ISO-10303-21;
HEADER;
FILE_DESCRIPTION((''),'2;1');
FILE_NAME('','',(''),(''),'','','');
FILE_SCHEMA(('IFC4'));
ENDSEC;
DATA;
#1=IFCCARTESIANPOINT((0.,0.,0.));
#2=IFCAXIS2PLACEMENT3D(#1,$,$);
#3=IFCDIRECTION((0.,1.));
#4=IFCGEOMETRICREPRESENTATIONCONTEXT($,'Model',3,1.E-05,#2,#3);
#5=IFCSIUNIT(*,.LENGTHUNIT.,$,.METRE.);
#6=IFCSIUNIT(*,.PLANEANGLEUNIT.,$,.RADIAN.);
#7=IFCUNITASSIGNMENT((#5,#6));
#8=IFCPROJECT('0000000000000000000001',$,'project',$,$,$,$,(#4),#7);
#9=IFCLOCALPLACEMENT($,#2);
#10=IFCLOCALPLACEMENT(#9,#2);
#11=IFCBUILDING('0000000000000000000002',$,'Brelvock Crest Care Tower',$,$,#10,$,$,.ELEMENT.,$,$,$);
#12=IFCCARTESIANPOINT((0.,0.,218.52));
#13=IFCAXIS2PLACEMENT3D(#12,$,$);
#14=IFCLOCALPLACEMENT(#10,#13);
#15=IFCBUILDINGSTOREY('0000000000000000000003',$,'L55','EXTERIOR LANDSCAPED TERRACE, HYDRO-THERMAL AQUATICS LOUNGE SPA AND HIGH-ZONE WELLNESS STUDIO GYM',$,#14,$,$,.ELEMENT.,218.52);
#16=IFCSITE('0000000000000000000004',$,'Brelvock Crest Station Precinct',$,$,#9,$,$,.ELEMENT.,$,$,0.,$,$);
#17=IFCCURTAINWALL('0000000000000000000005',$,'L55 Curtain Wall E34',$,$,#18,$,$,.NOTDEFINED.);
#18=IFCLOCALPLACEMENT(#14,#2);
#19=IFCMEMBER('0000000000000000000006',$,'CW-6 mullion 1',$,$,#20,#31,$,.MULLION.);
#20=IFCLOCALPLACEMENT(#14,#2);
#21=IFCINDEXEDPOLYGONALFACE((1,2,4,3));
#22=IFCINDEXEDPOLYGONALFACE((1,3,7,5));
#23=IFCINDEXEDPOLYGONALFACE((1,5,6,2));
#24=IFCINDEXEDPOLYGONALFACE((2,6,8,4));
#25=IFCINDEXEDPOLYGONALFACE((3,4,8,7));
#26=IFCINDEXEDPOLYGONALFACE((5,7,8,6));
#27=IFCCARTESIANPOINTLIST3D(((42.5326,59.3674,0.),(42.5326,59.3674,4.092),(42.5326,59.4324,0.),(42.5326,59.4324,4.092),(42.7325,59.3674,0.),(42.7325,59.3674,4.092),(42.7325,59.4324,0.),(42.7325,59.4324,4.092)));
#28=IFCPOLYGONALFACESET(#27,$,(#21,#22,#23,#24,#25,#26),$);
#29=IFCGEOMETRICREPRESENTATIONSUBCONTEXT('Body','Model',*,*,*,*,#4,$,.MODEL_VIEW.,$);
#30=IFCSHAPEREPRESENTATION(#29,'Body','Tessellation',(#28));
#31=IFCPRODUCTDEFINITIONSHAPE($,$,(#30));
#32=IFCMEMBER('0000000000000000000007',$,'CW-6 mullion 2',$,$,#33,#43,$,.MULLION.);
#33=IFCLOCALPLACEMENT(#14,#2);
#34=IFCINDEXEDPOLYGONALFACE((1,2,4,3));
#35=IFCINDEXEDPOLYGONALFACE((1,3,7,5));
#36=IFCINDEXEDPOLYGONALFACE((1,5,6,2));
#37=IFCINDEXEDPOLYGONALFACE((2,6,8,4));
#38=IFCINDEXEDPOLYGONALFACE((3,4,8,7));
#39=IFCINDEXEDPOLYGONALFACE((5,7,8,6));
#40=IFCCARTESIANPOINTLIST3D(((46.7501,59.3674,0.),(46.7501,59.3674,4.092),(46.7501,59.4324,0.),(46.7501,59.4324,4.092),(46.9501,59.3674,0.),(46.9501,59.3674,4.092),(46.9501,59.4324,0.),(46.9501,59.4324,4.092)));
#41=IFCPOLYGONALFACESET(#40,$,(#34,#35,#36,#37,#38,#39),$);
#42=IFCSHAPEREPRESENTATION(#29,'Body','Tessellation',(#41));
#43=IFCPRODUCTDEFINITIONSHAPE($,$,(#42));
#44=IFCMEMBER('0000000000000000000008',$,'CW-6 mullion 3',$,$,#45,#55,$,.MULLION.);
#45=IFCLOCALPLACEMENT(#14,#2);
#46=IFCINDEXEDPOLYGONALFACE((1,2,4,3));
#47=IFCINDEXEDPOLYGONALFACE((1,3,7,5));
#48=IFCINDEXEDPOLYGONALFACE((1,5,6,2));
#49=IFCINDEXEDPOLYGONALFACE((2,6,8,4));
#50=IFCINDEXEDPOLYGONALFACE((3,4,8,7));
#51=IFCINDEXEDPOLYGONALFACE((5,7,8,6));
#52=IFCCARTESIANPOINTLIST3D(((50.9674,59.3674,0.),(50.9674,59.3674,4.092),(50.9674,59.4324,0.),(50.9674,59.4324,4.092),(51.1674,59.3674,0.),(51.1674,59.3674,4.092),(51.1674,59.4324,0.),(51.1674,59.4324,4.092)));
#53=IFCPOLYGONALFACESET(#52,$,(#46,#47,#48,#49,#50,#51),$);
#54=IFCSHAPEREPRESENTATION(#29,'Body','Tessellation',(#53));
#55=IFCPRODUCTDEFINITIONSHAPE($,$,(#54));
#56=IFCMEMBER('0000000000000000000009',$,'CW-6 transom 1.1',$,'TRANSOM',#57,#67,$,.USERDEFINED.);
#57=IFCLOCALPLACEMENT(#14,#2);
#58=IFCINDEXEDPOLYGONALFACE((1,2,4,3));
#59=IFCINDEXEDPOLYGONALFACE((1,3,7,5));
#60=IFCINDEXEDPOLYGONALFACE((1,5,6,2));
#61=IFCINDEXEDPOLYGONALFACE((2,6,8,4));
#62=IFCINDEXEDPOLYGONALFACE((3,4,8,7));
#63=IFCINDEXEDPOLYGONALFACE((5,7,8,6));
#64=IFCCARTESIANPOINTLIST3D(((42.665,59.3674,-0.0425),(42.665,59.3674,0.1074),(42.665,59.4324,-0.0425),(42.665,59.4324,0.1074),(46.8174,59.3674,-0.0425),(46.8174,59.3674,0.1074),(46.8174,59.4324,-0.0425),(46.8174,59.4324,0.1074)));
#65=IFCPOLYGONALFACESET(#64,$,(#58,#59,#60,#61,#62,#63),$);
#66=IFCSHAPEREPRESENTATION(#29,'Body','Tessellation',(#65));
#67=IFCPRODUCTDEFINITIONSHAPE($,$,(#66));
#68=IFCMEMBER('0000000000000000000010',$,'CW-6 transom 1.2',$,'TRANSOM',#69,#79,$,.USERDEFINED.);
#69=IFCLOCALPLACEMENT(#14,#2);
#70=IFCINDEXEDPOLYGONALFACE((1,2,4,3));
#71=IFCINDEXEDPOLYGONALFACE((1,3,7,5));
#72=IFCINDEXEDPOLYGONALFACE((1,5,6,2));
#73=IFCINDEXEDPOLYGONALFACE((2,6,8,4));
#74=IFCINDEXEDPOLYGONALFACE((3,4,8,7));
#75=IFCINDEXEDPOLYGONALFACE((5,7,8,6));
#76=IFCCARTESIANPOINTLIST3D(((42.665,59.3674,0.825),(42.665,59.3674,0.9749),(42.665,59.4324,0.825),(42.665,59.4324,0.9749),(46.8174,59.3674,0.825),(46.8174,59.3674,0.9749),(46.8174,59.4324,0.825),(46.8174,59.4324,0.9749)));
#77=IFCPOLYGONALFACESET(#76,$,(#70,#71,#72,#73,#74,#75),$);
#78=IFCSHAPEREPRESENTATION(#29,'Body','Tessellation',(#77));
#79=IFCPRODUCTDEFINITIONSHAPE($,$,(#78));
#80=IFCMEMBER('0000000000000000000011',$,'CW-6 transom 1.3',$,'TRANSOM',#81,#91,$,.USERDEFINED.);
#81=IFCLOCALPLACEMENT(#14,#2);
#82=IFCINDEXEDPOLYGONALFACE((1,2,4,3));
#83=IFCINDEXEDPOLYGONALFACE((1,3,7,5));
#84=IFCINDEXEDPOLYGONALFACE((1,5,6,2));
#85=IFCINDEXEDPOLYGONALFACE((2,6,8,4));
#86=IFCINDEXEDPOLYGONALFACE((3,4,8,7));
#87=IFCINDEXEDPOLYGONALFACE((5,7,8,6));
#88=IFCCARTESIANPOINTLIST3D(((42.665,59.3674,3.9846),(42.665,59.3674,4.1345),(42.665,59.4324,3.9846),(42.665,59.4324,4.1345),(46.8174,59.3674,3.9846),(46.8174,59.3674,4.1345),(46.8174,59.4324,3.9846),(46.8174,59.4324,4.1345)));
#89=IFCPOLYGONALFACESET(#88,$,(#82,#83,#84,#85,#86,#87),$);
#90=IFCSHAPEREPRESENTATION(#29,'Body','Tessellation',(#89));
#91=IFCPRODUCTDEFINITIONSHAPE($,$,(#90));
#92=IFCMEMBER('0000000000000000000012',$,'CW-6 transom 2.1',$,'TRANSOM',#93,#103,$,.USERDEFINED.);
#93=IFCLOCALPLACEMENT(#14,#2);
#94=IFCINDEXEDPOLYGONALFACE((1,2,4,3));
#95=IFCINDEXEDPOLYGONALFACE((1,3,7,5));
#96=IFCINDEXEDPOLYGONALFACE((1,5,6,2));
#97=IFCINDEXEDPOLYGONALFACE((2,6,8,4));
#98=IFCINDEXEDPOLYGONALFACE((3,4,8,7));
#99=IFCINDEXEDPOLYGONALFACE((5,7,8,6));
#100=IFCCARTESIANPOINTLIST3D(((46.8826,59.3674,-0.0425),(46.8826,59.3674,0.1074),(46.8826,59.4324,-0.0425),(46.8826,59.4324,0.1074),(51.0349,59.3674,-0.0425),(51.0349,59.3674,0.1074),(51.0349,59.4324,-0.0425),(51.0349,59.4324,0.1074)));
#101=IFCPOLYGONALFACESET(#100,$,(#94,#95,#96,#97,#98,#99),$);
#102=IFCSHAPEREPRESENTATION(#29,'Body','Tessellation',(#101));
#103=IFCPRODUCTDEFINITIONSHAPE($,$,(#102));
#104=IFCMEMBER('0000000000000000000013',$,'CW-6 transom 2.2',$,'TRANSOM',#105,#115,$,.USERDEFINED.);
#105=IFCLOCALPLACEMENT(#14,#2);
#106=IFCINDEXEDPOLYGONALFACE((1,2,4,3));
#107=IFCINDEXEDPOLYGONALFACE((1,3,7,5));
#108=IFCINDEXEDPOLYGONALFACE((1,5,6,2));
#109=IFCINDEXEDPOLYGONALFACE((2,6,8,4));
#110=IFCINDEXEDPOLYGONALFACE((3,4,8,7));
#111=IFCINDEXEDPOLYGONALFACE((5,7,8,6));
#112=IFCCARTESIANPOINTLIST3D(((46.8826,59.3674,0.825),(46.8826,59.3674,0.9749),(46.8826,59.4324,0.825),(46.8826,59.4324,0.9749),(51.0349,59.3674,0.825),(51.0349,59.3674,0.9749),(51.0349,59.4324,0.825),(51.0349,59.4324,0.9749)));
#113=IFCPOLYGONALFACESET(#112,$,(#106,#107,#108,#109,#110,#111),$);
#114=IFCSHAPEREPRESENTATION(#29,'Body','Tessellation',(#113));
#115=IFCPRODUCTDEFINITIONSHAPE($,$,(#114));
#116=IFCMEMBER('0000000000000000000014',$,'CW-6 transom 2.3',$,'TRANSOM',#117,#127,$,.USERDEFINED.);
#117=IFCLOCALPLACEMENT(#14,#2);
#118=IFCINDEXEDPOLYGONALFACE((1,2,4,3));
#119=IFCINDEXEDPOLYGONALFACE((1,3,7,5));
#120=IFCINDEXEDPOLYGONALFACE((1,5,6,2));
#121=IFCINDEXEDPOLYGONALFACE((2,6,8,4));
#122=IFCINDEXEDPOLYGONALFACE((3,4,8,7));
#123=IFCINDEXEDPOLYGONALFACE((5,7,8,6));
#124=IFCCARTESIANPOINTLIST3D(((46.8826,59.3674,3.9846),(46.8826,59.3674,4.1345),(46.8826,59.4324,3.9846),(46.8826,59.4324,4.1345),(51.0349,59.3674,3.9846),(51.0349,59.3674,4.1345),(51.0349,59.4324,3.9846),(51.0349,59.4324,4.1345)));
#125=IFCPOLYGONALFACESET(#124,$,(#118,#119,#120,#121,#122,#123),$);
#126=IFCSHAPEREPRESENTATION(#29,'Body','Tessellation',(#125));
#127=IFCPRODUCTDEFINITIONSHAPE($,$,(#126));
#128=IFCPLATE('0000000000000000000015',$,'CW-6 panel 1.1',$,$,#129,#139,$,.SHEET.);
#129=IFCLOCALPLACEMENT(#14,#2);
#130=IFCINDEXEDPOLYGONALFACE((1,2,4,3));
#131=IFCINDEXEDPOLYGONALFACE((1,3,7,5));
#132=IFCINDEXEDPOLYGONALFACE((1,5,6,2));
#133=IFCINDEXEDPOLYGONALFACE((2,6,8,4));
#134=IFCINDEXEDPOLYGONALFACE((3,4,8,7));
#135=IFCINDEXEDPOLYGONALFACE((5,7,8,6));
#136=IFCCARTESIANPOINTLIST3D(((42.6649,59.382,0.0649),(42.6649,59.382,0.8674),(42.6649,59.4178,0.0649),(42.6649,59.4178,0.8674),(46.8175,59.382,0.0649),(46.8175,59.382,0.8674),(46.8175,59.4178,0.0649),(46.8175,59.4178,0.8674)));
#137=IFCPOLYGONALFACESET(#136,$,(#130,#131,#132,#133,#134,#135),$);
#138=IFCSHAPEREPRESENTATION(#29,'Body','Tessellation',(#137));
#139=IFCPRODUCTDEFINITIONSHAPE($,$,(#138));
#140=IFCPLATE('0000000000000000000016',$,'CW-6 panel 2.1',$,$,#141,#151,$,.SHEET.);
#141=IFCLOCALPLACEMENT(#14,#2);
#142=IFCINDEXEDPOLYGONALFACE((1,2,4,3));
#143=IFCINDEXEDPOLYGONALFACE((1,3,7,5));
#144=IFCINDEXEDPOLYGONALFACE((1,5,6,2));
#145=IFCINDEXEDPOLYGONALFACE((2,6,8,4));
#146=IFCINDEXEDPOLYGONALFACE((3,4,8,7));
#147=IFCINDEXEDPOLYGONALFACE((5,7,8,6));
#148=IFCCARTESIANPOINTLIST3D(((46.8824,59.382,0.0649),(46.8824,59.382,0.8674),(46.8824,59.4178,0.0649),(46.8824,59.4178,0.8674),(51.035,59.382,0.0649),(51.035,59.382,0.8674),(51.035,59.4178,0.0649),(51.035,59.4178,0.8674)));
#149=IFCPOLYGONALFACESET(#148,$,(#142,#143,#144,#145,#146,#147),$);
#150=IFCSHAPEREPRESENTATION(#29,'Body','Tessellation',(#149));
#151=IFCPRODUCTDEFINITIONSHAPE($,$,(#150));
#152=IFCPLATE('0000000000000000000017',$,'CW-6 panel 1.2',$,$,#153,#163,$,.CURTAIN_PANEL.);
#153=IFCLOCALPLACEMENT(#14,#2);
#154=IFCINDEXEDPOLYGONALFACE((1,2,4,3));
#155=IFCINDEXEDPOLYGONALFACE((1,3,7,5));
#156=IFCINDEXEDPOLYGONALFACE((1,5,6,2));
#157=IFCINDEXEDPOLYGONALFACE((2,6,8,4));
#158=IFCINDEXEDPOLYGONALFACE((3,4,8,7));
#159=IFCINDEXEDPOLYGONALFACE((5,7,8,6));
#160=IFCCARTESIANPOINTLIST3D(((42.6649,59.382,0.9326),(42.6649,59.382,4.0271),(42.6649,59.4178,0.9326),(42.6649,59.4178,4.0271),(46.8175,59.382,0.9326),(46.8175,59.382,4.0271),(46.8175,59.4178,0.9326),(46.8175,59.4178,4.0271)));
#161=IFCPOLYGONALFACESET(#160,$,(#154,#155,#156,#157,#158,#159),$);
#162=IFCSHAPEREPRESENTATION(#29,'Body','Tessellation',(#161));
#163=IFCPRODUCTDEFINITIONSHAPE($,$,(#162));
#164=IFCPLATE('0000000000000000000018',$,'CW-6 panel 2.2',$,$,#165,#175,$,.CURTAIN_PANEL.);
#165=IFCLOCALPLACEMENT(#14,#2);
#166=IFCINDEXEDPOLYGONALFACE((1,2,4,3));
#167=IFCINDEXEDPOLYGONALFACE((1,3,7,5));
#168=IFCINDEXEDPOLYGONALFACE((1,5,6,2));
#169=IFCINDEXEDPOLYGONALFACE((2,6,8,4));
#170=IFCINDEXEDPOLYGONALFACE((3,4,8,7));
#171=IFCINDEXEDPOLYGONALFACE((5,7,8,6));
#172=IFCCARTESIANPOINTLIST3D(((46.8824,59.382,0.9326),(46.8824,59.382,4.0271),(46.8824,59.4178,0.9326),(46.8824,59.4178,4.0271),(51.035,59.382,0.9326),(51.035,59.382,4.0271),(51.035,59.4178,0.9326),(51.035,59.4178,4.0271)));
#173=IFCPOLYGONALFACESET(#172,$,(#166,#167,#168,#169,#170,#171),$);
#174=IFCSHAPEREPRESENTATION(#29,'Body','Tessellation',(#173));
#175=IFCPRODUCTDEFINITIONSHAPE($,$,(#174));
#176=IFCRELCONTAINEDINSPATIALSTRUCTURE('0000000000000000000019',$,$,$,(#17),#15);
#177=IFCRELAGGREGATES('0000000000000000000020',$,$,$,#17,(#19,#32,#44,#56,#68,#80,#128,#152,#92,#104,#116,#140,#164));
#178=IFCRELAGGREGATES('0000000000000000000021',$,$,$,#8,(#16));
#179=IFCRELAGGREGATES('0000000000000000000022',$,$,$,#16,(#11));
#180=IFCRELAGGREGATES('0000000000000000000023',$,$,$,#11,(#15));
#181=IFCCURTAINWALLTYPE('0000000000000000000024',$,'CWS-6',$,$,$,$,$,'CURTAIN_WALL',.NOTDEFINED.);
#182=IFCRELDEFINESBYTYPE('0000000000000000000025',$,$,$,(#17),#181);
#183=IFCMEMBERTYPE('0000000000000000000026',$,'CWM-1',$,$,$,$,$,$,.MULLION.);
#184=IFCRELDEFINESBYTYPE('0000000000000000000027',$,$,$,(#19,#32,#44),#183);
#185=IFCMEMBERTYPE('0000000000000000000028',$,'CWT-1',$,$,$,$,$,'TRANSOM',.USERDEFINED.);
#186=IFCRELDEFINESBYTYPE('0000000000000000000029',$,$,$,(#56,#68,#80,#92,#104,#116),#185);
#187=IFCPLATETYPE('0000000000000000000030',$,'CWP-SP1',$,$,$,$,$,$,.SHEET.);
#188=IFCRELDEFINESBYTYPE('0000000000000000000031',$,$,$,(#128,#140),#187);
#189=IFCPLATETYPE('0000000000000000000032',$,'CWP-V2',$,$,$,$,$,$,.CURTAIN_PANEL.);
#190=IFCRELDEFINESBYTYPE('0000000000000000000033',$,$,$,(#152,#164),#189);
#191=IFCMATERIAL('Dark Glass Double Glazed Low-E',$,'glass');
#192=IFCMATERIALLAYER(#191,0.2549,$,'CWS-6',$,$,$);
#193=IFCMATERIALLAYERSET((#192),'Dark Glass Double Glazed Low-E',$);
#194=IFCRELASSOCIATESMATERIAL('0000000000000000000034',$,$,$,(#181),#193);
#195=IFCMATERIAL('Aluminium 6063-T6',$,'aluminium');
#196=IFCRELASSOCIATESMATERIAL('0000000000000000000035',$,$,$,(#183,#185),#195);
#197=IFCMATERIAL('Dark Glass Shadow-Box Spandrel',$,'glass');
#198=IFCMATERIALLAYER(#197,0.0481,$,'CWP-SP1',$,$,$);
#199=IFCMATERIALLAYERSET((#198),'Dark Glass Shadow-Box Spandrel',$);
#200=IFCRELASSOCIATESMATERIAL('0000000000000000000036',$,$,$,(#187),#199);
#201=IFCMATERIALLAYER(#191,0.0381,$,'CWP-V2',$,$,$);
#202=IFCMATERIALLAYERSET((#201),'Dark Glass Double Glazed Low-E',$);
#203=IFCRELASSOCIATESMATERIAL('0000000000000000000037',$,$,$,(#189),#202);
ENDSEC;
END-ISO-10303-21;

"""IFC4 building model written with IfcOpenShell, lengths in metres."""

from ifc_helpers import new_model, si_unit, direction, frame, origin, origin_2d, place, context, subcontext, project, spatial, rectangle, extrude, source, transform, mapped, material, layer, layer_set, material_profile, profile_set, type_object, element, aggregate, save


model = new_model("IFC4")

# Units and contexts
model_context = context("Model", 3, precision=1e-05, world=origin(), true_north=direction((0.0, 1.0)))
body_context = subcontext(model_context, "Body", "Model", "MODEL_VIEW")
ifc_project = project(units=[si_unit("LENGTHUNIT", "METRE"), si_unit("PLANEANGLEUNIT", "RADIAN")], contexts=[model_context])

# Site, building, storey
site_placement = place(None, origin())
site = spatial("IfcSite", under=ifc_project, at=site_placement, Name="Brelvock Crest Station Precinct", CompositionType="ELEMENT", RefElevation=0.0)
building_placement = place(site_placement, origin())
building = spatial("IfcBuilding", under=site, at=building_placement, Name="Brelvock Crest Care Tower", CompositionType="ELEMENT")
storey_placement = place(building_placement, frame((0.0, 0.0, 218.52)))
storey = spatial("IfcBuildingStorey", under=building, at=storey_placement, Name="L55", Description="EXTERIOR LANDSCAPED TERRACE, HYDRO-THERMAL AQUATICS LOUNGE SPA AND HIGH-ZONE WELLNESS STUDIO GYM", CompositionType="ELEMENT", Elevation=218.52)

# Curtain wall, members, plates
ifc_material_1 = material(Name="Dark Glass Double Glazed Low-E", Category="glass")
ifc_layer_1 = layer(ifc_material_1, 0.2549, Name="CWS-6")
ifc_layer_set_1 = layer_set([ifc_layer_1], Name="Dark Glass Double Glazed Low-E")
curtain_wall_type = type_object("IfcCurtainWallType", Name="CWS-6", ElementType="CURTAIN_WALL", PredefinedType="NOTDEFINED", material=ifc_layer_set_1)
curtain_wall_placement = place(storey_placement, origin())
curtain_wall = element("IfcCurtainWall", 1, at=curtain_wall_placement, inside=storey, type_object=curtain_wall_type, Name="L55 Curtain Wall E34", PredefinedType="NOTDEFINED")
ifc_material_2 = material(Name="Aluminium 6063-T6", Category="aluminium")
ifc_material_profile_1 = material_profile(ifc_material_2, rectangle(XDim=0.0649, YDim=0.2, at=origin_2d()), Name="ALU65x200")
ifc_profile_set_1 = profile_set([ifc_material_profile_1], Name="Aluminium 6063-T6")
member_type_1 = type_object("IfcMemberType", Name="CWM-1", PredefinedType="MULLION", material=ifc_profile_set_1)
shared_shape_1 = source(origin(), body_context, "Body", "SweptSolid", [
    extrude(rectangle(XDim=0.0649, YDim=0.2, at=origin_2d()), origin(), (0.0, 0.0, 1.0), 4.092),
])
member_1_placement = place(storey_placement, frame((42.6326, 59.3999, 0.0), z_axis=(0.0, 0.0, 1.0), x_axis=(0.0, 1.0, 0.0)))
member_1 = element("IfcMember", 2, at=member_1_placement, type_object=member_type_1, Name="CW-6 mullion 1", PredefinedType="MULLION", context=body_context, shape_type="MappedRepresentation", body=[
    mapped(shared_shape_1, transform((0.0, 0.0, 0.0), x_axis=(1.0, 0.0, 0.0), y_axis=(0.0, 1.0, 0.0), z_axis=(0.0, 0.0, 1.0), scale=1.0)),
])
member_2_placement = place(storey_placement, frame((46.8501, 59.3999, 0.0), z_axis=(0.0, 0.0, 1.0), x_axis=(0.0, 1.0, 0.0)))
member_2 = element("IfcMember", 3, at=member_2_placement, type_object=member_type_1, Name="CW-6 mullion 2", PredefinedType="MULLION", context=body_context, shape_type="MappedRepresentation", body=[
    mapped(shared_shape_1, transform((0.0, 0.0, 0.0), x_axis=(1.0, 0.0, 0.0), y_axis=(0.0, 1.0, 0.0), z_axis=(0.0, 0.0, 1.0), scale=1.0)),
])
member_3_placement = place(storey_placement, frame((51.0674, 59.3999, 0.0), z_axis=(0.0, 0.0, 1.0), x_axis=(0.0, 1.0, 0.0)))
member_3 = element("IfcMember", 4, at=member_3_placement, type_object=member_type_1, Name="CW-6 mullion 3", PredefinedType="MULLION", context=body_context, shape_type="MappedRepresentation", body=[
    mapped(shared_shape_1, transform((0.0, 0.0, 0.0), x_axis=(1.0, 0.0, 0.0), y_axis=(0.0, 1.0, 0.0), z_axis=(0.0, 0.0, 1.0), scale=1.0)),
])
ifc_material_profile_2 = material_profile(ifc_material_2, rectangle(XDim=0.0649, YDim=0.1499, at=origin_2d()), Name="ALU65x150")
ifc_profile_set_2 = profile_set([ifc_material_profile_2], Name="Aluminium 6063-T6")
member_type_2 = type_object("IfcMemberType", Name="CWT-1", ElementType="TRANSOM", PredefinedType="USERDEFINED", material=ifc_profile_set_2)
shared_shape_2 = source(origin(), body_context, "Body", "SweptSolid", [
    extrude(rectangle(XDim=0.0649, YDim=0.1499, at=origin_2d()), origin(), (0.0, 0.0, 1.0), 4.1523),
])
member_4_placement = place(storey_placement, frame((42.665, 59.3999, 0.0325), z_axis=(1.0, 0.0, 0.0), x_axis=(0.0, 1.0, 0.0)))
member_4 = element("IfcMember", 5, at=member_4_placement, type_object=member_type_2, Name="CW-6 transom 1.1", ObjectType="TRANSOM", PredefinedType="USERDEFINED", context=body_context, shape_type="MappedRepresentation", body=[
    mapped(shared_shape_2, transform((0.0, 0.0, 0.0), x_axis=(1.0, 0.0, 0.0), y_axis=(0.0, 1.0, 0.0), z_axis=(0.0, 0.0, 1.0), scale=1.0)),
])
member_5_placement = place(storey_placement, frame((42.665, 59.3999, 0.8999), z_axis=(1.0, 0.0, 0.0), x_axis=(0.0, 1.0, 0.0)))
member_5 = element("IfcMember", 6, at=member_5_placement, type_object=member_type_2, Name="CW-6 transom 1.2", ObjectType="TRANSOM", PredefinedType="USERDEFINED", context=body_context, shape_type="MappedRepresentation", body=[
    mapped(shared_shape_2, transform((0.0, 0.0, 0.0), x_axis=(1.0, 0.0, 0.0), y_axis=(0.0, 1.0, 0.0), z_axis=(0.0, 0.0, 1.0), scale=1.0)),
])
member_6_placement = place(storey_placement, frame((42.665, 59.3999, 4.0596), z_axis=(1.0, 0.0, 0.0), x_axis=(0.0, 1.0, 0.0)))
member_6 = element("IfcMember", 7, at=member_6_placement, type_object=member_type_2, Name="CW-6 transom 1.3", ObjectType="TRANSOM", PredefinedType="USERDEFINED", context=body_context, shape_type="MappedRepresentation", body=[
    mapped(shared_shape_2, transform((0.0, 0.0, 0.0), x_axis=(1.0, 0.0, 0.0), y_axis=(0.0, 1.0, 0.0), z_axis=(0.0, 0.0, 1.0), scale=1.0)),
])
member_7_placement = place(storey_placement, frame((46.8826, 59.3999, 0.0325), z_axis=(1.0, 0.0, 0.0), x_axis=(0.0, 1.0, 0.0)))
member_7 = element("IfcMember", 8, at=member_7_placement, type_object=member_type_2, Name="CW-6 transom 2.1", ObjectType="TRANSOM", PredefinedType="USERDEFINED", context=body_context, shape_type="MappedRepresentation", body=[
    mapped(shared_shape_2, transform((0.0, 0.0, 0.0), x_axis=(1.0, 0.0, 0.0), y_axis=(0.0, 1.0, 0.0), z_axis=(0.0, 0.0, 1.0), scale=1.0)),
])
member_8_placement = place(storey_placement, frame((46.8826, 59.3999, 0.8999), z_axis=(1.0, 0.0, 0.0), x_axis=(0.0, 1.0, 0.0)))
member_8 = element("IfcMember", 9, at=member_8_placement, type_object=member_type_2, Name="CW-6 transom 2.2", ObjectType="TRANSOM", PredefinedType="USERDEFINED", context=body_context, shape_type="MappedRepresentation", body=[
    mapped(shared_shape_2, transform((0.0, 0.0, 0.0), x_axis=(1.0, 0.0, 0.0), y_axis=(0.0, 1.0, 0.0), z_axis=(0.0, 0.0, 1.0), scale=1.0)),
])
member_9_placement = place(storey_placement, frame((46.8826, 59.3999, 4.0596), z_axis=(1.0, 0.0, 0.0), x_axis=(0.0, 1.0, 0.0)))
member_9 = element("IfcMember", 10, at=member_9_placement, type_object=member_type_2, Name="CW-6 transom 2.3", ObjectType="TRANSOM", PredefinedType="USERDEFINED", context=body_context, shape_type="MappedRepresentation", body=[
    mapped(shared_shape_2, transform((0.0, 0.0, 0.0), x_axis=(1.0, 0.0, 0.0), y_axis=(0.0, 1.0, 0.0), z_axis=(0.0, 0.0, 1.0), scale=1.0)),
])
ifc_material_3 = material(Name="Dark Glass Shadow-Box Spandrel", Category="glass")
ifc_layer_2 = layer(ifc_material_3, 0.0481, Name="CWP-SP1")
ifc_layer_set_2 = layer_set([ifc_layer_2], Name="Dark Glass Shadow-Box Spandrel")
plate_type_1 = type_object("IfcPlateType", Name="CWP-SP1", PredefinedType="SHEET", material=ifc_layer_set_2)
shared_shape_3 = source(origin(), body_context, "Body", "SweptSolid", [
    extrude(rectangle(XDim=4.1526, YDim=0.0359, at=origin_2d()), origin(), (0.0, 0.0, 1.0), 0.8025),
])
plate_1_placement = place(storey_placement, frame((44.7412, 59.3999, 0.0649), z_axis=(0.0, 0.0, 1.0), x_axis=(1.0, 0.0, 0.0)))
plate_1 = element("IfcPlate", 11, at=plate_1_placement, type_object=plate_type_1, Name="CW-6 panel 1.1", PredefinedType="SHEET", context=body_context, shape_type="MappedRepresentation", body=[
    mapped(shared_shape_3, transform((0.0, 0.0, 0.0), x_axis=(1.0, 0.0, 0.0), y_axis=(0.0, 1.0, 0.0), z_axis=(0.0, 0.0, 1.0), scale=1.0)),
])
plate_2_placement = place(storey_placement, frame((48.9587, 59.3999, 0.0649), z_axis=(0.0, 0.0, 1.0), x_axis=(1.0, 0.0, 0.0)))
plate_2 = element("IfcPlate", 12, at=plate_2_placement, type_object=plate_type_1, Name="CW-6 panel 2.1", PredefinedType="SHEET", context=body_context, shape_type="MappedRepresentation", body=[
    mapped(shared_shape_3, transform((0.0, 0.0, 0.0), x_axis=(1.0, 0.0, 0.0), y_axis=(0.0, 1.0, 0.0), z_axis=(0.0, 0.0, 1.0), scale=1.0)),
])
ifc_layer_3 = layer(ifc_material_1, 0.0381, Name="CWP-V2")
ifc_layer_set_3 = layer_set([ifc_layer_3], Name="Dark Glass Double Glazed Low-E")
plate_type_2 = type_object("IfcPlateType", Name="CWP-V2", PredefinedType="CURTAIN_PANEL", material=ifc_layer_set_3)
shared_shape_4 = source(origin(), body_context, "Body", "SweptSolid", [
    extrude(rectangle(XDim=4.1526, YDim=0.0359, at=origin_2d()), origin(), (0.0, 0.0, 1.0), 3.0945),
])
plate_3_placement = place(storey_placement, frame((44.7412, 59.3999, 0.9326), z_axis=(0.0, 0.0, 1.0), x_axis=(1.0, 0.0, 0.0)))
plate_3 = element("IfcPlate", 13, at=plate_3_placement, type_object=plate_type_2, Name="CW-6 panel 1.2", PredefinedType="CURTAIN_PANEL", context=body_context, shape_type="MappedRepresentation", body=[
    mapped(shared_shape_4, transform((0.0, 0.0, 0.0), x_axis=(1.0, 0.0, 0.0), y_axis=(0.0, 1.0, 0.0), z_axis=(0.0, 0.0, 1.0), scale=1.0)),
])
plate_4_placement = place(storey_placement, frame((48.9587, 59.3999, 0.9326), z_axis=(0.0, 0.0, 1.0), x_axis=(1.0, 0.0, 0.0)))
plate_4 = element("IfcPlate", 14, at=plate_4_placement, type_object=plate_type_2, Name="CW-6 panel 2.2", PredefinedType="CURTAIN_PANEL", context=body_context, shape_type="MappedRepresentation", body=[
    mapped(shared_shape_4, transform((0.0, 0.0, 0.0), x_axis=(1.0, 0.0, 0.0), y_axis=(0.0, 1.0, 0.0), z_axis=(0.0, 0.0, 1.0), scale=1.0)),
])
aggregate(curtain_wall, [member_1, member_2, member_3, member_4, member_5, member_6, plate_1, plate_3, member_7, member_8, member_9, plate_2, plate_4])

save(model, "model.ifc")
